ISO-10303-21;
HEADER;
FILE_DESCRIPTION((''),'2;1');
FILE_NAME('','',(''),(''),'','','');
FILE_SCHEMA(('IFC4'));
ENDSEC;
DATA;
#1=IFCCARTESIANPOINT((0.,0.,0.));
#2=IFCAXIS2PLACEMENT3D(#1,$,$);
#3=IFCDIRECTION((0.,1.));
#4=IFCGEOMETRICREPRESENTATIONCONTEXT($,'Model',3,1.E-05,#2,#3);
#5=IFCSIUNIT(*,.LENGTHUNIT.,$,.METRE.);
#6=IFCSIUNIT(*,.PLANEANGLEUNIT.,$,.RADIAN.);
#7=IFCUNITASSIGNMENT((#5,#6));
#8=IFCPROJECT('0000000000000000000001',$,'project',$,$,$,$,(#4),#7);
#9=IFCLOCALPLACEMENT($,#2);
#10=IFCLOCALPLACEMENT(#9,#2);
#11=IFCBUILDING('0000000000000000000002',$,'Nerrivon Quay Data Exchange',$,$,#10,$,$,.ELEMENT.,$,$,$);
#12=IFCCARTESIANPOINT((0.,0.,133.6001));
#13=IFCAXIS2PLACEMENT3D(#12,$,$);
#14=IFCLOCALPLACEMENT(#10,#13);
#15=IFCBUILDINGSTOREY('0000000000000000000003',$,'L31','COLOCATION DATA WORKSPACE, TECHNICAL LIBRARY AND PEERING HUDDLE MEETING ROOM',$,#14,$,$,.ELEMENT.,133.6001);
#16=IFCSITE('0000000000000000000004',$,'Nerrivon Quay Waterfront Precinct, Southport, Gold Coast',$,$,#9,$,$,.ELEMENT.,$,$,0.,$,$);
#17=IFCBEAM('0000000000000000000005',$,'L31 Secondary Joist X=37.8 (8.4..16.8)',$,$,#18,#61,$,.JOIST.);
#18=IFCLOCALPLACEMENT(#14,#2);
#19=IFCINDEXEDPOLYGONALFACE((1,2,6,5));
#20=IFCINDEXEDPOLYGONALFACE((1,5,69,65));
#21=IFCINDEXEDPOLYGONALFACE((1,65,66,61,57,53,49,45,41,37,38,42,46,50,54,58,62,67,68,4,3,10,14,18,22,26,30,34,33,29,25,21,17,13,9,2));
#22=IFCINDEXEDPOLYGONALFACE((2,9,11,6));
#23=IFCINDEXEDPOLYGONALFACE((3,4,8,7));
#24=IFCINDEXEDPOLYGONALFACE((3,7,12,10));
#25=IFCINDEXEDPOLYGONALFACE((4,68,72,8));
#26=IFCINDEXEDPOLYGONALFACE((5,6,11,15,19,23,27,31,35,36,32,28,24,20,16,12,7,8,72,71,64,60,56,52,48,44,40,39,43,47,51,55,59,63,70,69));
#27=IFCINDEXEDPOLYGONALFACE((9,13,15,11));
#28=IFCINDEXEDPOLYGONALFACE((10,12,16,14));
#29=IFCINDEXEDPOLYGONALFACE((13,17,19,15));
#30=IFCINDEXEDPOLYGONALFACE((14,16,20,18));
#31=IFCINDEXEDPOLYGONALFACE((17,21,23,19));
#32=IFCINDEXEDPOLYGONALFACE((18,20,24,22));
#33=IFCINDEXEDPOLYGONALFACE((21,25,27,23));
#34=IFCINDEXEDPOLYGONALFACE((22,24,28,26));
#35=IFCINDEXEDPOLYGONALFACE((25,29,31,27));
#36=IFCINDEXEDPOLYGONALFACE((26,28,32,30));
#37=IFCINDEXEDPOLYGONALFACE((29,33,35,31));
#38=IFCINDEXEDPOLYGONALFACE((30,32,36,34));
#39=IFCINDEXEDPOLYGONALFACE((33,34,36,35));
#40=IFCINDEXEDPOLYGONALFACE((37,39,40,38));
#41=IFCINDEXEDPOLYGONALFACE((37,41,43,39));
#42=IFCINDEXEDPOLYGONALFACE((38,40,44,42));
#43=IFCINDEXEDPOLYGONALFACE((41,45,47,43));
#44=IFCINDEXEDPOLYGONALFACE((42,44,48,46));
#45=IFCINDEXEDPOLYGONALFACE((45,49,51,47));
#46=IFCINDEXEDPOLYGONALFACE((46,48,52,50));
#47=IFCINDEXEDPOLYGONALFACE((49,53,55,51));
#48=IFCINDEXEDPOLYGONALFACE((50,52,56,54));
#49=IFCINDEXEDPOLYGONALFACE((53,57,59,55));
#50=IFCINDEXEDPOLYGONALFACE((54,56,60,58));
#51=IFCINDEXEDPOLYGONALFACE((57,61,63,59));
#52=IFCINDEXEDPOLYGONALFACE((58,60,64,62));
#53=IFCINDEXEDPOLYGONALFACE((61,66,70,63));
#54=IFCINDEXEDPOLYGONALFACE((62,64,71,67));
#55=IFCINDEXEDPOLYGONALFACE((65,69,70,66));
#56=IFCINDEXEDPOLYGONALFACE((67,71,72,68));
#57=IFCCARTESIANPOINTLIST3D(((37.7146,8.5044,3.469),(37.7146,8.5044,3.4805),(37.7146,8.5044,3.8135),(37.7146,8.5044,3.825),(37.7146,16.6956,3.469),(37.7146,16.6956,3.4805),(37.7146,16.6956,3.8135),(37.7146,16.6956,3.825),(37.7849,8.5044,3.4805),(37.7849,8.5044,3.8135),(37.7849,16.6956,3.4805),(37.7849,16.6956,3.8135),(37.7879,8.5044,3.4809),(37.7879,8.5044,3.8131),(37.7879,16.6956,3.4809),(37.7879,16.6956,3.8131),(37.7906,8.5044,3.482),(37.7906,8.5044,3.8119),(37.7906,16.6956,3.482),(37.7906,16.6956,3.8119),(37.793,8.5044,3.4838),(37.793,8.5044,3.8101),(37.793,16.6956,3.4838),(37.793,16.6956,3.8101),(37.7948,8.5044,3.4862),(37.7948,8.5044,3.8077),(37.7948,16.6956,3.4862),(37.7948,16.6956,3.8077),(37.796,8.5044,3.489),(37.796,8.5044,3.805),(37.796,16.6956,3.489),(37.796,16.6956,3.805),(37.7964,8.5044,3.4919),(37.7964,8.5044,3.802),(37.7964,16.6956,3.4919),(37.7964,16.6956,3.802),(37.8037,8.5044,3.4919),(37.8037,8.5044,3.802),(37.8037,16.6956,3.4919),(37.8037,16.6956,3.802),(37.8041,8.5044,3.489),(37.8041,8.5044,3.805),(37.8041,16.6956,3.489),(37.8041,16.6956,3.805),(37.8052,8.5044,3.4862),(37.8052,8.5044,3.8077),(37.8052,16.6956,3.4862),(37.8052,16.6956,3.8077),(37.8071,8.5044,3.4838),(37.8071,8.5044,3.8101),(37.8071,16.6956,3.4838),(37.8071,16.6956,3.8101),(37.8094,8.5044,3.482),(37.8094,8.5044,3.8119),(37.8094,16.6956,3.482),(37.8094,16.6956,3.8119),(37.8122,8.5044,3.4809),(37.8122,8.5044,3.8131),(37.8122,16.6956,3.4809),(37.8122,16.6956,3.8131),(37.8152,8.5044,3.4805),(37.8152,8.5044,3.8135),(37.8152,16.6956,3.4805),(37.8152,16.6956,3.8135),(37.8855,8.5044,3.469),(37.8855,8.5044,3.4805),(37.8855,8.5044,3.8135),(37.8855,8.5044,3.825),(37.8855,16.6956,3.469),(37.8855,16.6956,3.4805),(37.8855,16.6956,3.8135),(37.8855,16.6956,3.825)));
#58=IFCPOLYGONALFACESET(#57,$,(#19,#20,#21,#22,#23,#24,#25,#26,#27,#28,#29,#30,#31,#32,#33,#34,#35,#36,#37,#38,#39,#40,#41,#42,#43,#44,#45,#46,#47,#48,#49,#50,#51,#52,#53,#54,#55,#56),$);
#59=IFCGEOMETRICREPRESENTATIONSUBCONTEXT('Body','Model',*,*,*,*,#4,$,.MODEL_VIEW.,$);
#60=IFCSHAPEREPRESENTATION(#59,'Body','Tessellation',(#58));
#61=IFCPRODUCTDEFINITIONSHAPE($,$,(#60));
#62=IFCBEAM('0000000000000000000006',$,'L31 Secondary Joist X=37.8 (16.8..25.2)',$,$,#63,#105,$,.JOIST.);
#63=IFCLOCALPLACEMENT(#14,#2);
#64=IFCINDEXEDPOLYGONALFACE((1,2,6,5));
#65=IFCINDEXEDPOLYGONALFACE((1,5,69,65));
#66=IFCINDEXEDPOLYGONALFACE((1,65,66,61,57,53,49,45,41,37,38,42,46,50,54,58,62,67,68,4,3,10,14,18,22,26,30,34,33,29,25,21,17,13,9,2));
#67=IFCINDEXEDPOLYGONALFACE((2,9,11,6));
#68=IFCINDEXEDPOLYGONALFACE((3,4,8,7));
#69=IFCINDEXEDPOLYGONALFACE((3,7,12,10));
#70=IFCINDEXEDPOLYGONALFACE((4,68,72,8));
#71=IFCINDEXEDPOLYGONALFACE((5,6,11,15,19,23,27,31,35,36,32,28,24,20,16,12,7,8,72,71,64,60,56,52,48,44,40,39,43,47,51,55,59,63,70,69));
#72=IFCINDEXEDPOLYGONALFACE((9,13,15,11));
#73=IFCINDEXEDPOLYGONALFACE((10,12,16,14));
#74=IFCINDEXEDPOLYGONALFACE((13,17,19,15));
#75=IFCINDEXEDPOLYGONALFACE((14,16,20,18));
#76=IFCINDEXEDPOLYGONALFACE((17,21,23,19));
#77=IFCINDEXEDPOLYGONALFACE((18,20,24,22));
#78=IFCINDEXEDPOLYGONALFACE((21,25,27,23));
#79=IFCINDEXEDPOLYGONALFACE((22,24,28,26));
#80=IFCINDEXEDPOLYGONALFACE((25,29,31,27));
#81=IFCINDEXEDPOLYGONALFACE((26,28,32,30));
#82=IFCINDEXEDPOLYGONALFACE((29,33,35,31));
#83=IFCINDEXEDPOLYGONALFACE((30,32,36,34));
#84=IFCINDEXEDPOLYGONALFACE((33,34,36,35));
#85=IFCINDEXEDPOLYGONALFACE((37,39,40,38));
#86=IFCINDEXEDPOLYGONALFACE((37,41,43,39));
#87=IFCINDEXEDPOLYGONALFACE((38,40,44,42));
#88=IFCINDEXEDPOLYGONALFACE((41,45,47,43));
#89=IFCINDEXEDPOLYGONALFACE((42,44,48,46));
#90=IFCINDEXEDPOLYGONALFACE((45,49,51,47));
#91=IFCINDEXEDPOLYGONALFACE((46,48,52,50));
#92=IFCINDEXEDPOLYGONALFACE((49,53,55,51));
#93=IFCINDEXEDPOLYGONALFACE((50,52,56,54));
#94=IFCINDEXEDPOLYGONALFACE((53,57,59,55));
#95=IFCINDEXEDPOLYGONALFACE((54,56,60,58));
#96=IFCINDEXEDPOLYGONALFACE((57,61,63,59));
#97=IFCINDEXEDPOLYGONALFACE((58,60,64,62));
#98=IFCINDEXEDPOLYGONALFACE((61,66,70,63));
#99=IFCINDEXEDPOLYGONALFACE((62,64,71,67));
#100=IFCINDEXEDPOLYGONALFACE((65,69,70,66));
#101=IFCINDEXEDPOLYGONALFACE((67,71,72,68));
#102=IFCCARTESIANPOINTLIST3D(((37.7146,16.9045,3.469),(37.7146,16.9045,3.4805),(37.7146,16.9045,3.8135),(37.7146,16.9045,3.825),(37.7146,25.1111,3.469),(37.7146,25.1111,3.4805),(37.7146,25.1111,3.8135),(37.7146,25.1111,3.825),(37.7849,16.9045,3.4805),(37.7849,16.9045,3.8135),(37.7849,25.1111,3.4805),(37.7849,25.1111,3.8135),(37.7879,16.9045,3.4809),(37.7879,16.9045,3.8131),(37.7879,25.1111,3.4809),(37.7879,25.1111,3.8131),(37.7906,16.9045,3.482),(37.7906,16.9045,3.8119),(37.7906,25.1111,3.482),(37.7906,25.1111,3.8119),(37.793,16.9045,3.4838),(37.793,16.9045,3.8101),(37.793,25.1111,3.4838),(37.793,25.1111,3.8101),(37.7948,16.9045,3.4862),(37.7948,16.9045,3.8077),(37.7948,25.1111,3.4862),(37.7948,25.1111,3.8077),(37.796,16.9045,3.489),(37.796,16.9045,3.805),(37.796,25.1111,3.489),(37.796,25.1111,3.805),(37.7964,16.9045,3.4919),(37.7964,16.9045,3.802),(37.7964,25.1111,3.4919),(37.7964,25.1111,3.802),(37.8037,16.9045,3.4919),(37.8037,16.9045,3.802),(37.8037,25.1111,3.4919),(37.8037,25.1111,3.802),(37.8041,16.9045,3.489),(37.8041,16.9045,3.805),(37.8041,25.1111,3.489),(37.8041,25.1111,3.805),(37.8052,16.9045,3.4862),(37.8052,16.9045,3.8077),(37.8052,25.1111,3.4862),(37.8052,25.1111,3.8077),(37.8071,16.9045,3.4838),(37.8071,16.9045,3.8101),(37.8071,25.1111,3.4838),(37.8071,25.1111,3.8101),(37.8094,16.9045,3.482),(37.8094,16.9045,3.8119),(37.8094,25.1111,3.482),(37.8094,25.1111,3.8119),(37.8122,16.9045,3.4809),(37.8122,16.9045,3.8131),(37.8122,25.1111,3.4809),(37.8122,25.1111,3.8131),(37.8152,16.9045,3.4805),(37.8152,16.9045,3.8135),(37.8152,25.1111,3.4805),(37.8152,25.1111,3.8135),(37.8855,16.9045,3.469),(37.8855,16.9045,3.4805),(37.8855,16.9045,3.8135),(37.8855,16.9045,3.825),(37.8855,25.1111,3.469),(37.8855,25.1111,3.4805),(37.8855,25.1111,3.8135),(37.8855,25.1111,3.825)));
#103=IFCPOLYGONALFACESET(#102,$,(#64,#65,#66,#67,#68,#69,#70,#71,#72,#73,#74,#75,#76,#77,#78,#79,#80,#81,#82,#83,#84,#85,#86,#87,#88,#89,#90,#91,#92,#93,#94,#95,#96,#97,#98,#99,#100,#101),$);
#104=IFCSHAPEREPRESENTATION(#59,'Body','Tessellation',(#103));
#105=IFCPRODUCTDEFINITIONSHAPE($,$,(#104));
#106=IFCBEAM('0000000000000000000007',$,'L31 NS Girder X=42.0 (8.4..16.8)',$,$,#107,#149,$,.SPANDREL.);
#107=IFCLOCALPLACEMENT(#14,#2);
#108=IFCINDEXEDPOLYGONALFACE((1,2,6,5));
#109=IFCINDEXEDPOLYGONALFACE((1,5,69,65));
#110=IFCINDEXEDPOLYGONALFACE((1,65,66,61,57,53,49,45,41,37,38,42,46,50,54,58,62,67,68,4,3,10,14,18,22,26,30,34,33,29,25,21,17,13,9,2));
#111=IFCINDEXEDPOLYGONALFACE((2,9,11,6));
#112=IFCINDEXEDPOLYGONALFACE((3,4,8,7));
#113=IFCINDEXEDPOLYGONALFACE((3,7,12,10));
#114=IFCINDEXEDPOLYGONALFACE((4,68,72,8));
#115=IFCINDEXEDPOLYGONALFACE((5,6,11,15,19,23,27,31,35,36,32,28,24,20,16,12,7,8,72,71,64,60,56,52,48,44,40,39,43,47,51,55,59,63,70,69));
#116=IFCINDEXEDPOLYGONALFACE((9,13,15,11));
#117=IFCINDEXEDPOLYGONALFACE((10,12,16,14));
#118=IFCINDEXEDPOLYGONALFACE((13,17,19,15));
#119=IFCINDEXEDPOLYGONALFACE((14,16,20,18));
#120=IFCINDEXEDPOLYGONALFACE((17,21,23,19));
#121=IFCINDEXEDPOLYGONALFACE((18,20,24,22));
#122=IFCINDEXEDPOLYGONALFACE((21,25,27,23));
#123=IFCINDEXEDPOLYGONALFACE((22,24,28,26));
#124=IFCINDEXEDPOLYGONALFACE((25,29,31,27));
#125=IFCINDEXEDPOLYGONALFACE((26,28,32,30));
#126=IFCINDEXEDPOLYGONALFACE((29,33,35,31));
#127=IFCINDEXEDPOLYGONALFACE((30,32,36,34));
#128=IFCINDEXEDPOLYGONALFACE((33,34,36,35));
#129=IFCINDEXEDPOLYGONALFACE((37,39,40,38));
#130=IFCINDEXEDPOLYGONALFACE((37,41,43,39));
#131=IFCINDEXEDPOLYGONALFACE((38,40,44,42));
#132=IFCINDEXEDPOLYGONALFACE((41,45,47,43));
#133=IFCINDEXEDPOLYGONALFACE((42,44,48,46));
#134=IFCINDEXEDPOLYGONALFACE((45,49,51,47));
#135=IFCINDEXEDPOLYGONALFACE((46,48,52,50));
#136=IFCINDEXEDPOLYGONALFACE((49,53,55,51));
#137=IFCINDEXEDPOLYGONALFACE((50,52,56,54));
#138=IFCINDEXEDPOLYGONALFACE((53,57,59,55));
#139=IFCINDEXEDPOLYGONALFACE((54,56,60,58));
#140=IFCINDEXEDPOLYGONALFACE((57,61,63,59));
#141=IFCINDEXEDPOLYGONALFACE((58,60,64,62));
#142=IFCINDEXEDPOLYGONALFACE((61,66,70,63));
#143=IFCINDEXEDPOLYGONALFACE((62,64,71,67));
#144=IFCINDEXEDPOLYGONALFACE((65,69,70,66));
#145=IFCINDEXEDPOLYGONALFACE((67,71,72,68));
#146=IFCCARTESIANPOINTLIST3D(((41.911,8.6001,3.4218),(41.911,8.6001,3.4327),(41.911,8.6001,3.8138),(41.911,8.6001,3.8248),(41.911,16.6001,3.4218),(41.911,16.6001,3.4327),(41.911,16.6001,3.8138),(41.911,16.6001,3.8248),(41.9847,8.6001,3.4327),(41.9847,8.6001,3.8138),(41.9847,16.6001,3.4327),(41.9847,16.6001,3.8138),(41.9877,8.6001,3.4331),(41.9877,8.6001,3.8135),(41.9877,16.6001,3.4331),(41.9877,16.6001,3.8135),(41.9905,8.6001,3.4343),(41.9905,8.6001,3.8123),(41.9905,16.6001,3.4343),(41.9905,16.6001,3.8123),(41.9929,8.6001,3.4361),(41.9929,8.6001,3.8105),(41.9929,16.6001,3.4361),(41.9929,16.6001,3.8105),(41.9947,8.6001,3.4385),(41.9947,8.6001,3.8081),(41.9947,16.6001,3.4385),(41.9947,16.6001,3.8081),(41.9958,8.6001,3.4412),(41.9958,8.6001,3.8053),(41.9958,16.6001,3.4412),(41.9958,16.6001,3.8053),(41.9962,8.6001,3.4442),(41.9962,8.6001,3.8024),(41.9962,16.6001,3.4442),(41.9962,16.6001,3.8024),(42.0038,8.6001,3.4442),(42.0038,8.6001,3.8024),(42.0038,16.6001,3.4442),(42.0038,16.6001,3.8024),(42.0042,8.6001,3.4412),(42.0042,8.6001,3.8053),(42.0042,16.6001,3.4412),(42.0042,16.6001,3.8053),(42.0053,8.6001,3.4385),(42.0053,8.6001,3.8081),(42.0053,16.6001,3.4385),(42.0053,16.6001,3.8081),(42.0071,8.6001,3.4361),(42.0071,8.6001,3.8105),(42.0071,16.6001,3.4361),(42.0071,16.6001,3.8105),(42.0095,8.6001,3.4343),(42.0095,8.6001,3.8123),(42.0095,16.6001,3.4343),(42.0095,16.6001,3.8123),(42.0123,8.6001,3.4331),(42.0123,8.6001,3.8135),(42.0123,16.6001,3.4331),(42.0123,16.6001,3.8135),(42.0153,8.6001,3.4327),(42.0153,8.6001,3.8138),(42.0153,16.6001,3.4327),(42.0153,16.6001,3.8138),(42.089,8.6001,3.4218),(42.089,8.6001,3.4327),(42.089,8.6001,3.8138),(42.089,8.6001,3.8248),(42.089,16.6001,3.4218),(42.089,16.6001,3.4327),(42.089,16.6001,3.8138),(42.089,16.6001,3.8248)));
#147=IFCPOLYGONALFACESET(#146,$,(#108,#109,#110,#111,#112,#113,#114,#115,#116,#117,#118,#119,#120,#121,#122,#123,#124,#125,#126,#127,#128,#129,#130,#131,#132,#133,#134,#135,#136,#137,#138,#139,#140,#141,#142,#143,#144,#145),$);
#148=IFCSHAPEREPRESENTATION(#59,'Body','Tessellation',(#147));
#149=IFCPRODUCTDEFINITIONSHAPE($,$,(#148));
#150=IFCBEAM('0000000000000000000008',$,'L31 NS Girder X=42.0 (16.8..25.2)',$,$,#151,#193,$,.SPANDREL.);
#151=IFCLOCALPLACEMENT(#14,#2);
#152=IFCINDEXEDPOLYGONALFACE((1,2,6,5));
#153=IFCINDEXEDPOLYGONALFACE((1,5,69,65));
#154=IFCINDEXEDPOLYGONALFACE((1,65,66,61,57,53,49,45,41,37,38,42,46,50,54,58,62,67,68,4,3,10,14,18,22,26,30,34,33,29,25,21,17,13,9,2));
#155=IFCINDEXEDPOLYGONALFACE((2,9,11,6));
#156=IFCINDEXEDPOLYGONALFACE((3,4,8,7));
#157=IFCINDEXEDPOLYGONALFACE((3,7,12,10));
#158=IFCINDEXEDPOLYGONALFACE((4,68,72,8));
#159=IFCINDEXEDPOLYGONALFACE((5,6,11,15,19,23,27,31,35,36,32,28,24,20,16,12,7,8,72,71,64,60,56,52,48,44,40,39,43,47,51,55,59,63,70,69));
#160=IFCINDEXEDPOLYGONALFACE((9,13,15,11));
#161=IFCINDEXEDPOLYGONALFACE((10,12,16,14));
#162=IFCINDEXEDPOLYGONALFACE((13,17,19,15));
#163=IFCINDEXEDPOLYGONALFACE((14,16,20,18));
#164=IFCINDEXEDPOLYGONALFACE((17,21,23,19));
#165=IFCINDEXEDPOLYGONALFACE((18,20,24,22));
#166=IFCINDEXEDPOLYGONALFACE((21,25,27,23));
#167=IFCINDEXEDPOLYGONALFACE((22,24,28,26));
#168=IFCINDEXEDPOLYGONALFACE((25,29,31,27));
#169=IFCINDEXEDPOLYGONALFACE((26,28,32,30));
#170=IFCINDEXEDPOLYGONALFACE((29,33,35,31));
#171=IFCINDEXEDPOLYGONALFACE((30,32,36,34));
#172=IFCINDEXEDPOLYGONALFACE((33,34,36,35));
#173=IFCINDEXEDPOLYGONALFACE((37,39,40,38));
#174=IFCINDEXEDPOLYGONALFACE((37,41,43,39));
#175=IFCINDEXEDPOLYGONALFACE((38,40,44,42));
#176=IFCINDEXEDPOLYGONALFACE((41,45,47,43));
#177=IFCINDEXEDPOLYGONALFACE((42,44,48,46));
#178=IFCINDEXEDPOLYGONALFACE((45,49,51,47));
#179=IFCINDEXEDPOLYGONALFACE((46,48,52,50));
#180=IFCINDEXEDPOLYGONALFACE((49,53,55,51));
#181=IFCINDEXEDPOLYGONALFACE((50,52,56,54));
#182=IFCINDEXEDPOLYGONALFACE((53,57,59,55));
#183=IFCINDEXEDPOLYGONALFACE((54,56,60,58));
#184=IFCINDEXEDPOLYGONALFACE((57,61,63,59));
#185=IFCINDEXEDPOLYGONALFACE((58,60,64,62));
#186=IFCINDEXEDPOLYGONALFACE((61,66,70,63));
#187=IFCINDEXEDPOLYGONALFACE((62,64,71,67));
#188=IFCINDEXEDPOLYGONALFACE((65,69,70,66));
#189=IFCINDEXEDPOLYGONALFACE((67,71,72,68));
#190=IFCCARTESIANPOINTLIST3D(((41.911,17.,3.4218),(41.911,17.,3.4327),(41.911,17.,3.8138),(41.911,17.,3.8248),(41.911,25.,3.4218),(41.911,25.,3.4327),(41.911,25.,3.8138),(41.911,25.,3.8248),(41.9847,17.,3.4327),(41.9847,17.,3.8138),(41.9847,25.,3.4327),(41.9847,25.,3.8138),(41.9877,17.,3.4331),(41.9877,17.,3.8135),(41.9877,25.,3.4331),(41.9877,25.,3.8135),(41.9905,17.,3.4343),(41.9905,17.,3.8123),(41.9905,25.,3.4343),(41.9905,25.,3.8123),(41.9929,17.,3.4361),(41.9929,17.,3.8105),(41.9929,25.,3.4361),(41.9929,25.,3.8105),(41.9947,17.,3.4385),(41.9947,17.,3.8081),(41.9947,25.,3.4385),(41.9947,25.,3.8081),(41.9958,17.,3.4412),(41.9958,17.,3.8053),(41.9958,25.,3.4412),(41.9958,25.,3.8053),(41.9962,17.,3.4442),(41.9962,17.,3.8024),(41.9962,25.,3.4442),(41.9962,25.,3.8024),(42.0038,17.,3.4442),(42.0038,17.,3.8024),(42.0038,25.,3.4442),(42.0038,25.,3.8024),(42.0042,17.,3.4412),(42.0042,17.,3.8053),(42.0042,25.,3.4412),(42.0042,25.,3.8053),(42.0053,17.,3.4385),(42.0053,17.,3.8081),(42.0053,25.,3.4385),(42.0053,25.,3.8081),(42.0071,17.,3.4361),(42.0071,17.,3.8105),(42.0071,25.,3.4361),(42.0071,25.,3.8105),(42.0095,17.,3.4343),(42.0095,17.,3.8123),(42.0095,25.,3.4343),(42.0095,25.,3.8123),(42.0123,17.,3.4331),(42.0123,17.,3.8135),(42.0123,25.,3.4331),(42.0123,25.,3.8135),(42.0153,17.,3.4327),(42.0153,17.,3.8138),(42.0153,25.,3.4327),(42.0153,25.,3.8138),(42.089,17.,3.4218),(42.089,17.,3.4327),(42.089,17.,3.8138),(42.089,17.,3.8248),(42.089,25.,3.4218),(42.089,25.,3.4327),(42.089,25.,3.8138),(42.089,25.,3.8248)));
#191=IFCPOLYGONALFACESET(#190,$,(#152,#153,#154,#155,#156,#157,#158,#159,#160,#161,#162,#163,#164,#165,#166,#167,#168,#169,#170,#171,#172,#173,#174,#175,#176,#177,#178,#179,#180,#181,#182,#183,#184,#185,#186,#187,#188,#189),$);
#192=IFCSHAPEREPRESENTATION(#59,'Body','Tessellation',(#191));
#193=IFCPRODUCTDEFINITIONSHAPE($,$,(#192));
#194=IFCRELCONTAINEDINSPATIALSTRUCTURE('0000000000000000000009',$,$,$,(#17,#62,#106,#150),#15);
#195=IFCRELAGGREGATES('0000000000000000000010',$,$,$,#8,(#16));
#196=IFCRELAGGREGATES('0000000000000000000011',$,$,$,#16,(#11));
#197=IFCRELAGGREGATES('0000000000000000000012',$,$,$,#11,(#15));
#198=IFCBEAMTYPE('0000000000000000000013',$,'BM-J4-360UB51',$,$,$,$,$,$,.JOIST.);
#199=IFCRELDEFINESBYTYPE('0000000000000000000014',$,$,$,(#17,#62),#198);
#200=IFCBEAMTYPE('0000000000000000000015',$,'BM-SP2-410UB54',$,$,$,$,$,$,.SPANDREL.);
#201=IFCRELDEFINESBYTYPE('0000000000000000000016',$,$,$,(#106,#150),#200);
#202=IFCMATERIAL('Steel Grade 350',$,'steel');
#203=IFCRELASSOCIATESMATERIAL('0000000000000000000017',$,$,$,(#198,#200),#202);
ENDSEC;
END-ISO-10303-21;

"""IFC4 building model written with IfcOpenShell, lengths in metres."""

from ifc_helpers import new_model, si_unit, direction, frame, origin, origin_2d, place, context, subcontext, project, spatial, i_section, extrude, material, material_profile, profile_set, type_object, element, save


model = new_model("IFC4")

# Units and contexts
model_context = context("Model", 3, precision=1e-05, world=origin(), true_north=direction((0.0, 1.0)))
body_context = subcontext(model_context, "Body", "Model", "MODEL_VIEW")
ifc_project = project(units=[si_unit("LENGTHUNIT", "METRE"), si_unit("PLANEANGLEUNIT", "RADIAN")], contexts=[model_context])

# Site, building, storey
site_placement = place(None, origin())
site = spatial("IfcSite", under=ifc_project, at=site_placement, Name="Nerrivon Quay Waterfront Precinct, Southport, Gold Coast", CompositionType="ELEMENT", RefElevation=0.0)
building_placement = place(site_placement, origin())
building = spatial("IfcBuilding", under=site, at=building_placement, Name="Nerrivon Quay Data Exchange", CompositionType="ELEMENT")
storey_placement = place(building_placement, frame((0.0, 0.0, 133.6001)))
storey = spatial("IfcBuildingStorey", under=building, at=storey_placement, Name="L31", Description="COLOCATION DATA WORKSPACE, TECHNICAL LIBRARY AND PEERING HUDDLE MEETING ROOM", CompositionType="ELEMENT", Elevation=133.6001)

# Shared definitions
ifc_material_1 = material(Name="Steel Grade 350", Category="steel")

# Beams
ifc_material_profile_1 = material_profile(ifc_material_1, i_section(OverallWidth=0.1709, OverallDepth=0.356, WebThickness=0.0073, FlangeThickness=0.0115, FilletRadius=0.0115, at=origin_2d()), Name="360UB50.7")
ifc_profile_set_1 = profile_set([ifc_material_profile_1], Name="Steel Grade 350")
beam_type_1 = type_object("IfcBeamType", Name="BM-J4-360UB51", PredefinedType="JOIST", material=ifc_profile_set_1)
beam_1_placement = place(storey_placement, frame((37.8, 8.5044, 3.647), z_axis=(0.0, 1.0, 0.0), x_axis=(-1.0, 0.0, 0.0)))
element("IfcBeam", 1, at=beam_1_placement, inside=storey, type_object=beam_type_1, Name="L31 Secondary Joist X=37.8 (8.4..16.8)", PredefinedType="JOIST", context=body_context, shape_type="SweptSolid", body=[
    extrude(i_section(OverallWidth=0.1709, OverallDepth=0.356, WebThickness=0.0073, FlangeThickness=0.0115, FilletRadius=0.0115, at=origin_2d()), origin(), (0.0, 0.0, 1.0), 8.1912),
])
beam_2_placement = place(storey_placement, frame((37.8, 16.9045, 3.647), z_axis=(0.0, 1.0, 0.0), x_axis=(-1.0, 0.0, 0.0)))
element("IfcBeam", 2, at=beam_2_placement, inside=storey, type_object=beam_type_1, Name="L31 Secondary Joist X=37.8 (16.8..25.2)", PredefinedType="JOIST", context=body_context, shape_type="SweptSolid", body=[
    extrude(i_section(OverallWidth=0.1709, OverallDepth=0.356, WebThickness=0.0073, FlangeThickness=0.0115, FilletRadius=0.0115, at=origin_2d()), origin(), (0.0, 0.0, 1.0), 8.2065),
])
ifc_material_profile_2 = material_profile(ifc_material_1, i_section(OverallWidth=0.178, OverallDepth=0.4031, WebThickness=0.0076, FlangeThickness=0.011, FilletRadius=0.0115, at=origin_2d()), Name="410UB53.7")
ifc_profile_set_2 = profile_set([ifc_material_profile_2], Name="Steel Grade 350")
beam_type_2 = type_object("IfcBeamType", Name="BM-SP2-410UB54", PredefinedType="SPANDREL", material=ifc_profile_set_2)
for number, where, z_axis, x_axis, name in (
    (3, (42.0, 8.6001, 3.6233), (0.0, 1.0, 0.0), (-1.0, 0.0, 0.0), "L31 NS Girder X=42.0 (8.4..16.8)"),
    (4, (42.0, 17.0, 3.6233), (0.0, 1.0, 0.0), (-1.0, 0.0, 0.0), "L31 NS Girder X=42.0 (16.8..25.2)"),
):
    element("IfcBeam", number, at=place(storey_placement, frame(where, z_axis=z_axis, x_axis=x_axis)), inside=storey, type_object=beam_type_2, Name=name, PredefinedType="SPANDREL", context=body_context, shape_type="SweptSolid", body=[
        extrude(i_section(OverallWidth=0.178, OverallDepth=0.4031, WebThickness=0.0076, FlangeThickness=0.011, FilletRadius=0.0115, at=origin_2d()), origin(), (0.0, 0.0, 1.0), 8.0),
    ])

save(model, "model.ifc")
